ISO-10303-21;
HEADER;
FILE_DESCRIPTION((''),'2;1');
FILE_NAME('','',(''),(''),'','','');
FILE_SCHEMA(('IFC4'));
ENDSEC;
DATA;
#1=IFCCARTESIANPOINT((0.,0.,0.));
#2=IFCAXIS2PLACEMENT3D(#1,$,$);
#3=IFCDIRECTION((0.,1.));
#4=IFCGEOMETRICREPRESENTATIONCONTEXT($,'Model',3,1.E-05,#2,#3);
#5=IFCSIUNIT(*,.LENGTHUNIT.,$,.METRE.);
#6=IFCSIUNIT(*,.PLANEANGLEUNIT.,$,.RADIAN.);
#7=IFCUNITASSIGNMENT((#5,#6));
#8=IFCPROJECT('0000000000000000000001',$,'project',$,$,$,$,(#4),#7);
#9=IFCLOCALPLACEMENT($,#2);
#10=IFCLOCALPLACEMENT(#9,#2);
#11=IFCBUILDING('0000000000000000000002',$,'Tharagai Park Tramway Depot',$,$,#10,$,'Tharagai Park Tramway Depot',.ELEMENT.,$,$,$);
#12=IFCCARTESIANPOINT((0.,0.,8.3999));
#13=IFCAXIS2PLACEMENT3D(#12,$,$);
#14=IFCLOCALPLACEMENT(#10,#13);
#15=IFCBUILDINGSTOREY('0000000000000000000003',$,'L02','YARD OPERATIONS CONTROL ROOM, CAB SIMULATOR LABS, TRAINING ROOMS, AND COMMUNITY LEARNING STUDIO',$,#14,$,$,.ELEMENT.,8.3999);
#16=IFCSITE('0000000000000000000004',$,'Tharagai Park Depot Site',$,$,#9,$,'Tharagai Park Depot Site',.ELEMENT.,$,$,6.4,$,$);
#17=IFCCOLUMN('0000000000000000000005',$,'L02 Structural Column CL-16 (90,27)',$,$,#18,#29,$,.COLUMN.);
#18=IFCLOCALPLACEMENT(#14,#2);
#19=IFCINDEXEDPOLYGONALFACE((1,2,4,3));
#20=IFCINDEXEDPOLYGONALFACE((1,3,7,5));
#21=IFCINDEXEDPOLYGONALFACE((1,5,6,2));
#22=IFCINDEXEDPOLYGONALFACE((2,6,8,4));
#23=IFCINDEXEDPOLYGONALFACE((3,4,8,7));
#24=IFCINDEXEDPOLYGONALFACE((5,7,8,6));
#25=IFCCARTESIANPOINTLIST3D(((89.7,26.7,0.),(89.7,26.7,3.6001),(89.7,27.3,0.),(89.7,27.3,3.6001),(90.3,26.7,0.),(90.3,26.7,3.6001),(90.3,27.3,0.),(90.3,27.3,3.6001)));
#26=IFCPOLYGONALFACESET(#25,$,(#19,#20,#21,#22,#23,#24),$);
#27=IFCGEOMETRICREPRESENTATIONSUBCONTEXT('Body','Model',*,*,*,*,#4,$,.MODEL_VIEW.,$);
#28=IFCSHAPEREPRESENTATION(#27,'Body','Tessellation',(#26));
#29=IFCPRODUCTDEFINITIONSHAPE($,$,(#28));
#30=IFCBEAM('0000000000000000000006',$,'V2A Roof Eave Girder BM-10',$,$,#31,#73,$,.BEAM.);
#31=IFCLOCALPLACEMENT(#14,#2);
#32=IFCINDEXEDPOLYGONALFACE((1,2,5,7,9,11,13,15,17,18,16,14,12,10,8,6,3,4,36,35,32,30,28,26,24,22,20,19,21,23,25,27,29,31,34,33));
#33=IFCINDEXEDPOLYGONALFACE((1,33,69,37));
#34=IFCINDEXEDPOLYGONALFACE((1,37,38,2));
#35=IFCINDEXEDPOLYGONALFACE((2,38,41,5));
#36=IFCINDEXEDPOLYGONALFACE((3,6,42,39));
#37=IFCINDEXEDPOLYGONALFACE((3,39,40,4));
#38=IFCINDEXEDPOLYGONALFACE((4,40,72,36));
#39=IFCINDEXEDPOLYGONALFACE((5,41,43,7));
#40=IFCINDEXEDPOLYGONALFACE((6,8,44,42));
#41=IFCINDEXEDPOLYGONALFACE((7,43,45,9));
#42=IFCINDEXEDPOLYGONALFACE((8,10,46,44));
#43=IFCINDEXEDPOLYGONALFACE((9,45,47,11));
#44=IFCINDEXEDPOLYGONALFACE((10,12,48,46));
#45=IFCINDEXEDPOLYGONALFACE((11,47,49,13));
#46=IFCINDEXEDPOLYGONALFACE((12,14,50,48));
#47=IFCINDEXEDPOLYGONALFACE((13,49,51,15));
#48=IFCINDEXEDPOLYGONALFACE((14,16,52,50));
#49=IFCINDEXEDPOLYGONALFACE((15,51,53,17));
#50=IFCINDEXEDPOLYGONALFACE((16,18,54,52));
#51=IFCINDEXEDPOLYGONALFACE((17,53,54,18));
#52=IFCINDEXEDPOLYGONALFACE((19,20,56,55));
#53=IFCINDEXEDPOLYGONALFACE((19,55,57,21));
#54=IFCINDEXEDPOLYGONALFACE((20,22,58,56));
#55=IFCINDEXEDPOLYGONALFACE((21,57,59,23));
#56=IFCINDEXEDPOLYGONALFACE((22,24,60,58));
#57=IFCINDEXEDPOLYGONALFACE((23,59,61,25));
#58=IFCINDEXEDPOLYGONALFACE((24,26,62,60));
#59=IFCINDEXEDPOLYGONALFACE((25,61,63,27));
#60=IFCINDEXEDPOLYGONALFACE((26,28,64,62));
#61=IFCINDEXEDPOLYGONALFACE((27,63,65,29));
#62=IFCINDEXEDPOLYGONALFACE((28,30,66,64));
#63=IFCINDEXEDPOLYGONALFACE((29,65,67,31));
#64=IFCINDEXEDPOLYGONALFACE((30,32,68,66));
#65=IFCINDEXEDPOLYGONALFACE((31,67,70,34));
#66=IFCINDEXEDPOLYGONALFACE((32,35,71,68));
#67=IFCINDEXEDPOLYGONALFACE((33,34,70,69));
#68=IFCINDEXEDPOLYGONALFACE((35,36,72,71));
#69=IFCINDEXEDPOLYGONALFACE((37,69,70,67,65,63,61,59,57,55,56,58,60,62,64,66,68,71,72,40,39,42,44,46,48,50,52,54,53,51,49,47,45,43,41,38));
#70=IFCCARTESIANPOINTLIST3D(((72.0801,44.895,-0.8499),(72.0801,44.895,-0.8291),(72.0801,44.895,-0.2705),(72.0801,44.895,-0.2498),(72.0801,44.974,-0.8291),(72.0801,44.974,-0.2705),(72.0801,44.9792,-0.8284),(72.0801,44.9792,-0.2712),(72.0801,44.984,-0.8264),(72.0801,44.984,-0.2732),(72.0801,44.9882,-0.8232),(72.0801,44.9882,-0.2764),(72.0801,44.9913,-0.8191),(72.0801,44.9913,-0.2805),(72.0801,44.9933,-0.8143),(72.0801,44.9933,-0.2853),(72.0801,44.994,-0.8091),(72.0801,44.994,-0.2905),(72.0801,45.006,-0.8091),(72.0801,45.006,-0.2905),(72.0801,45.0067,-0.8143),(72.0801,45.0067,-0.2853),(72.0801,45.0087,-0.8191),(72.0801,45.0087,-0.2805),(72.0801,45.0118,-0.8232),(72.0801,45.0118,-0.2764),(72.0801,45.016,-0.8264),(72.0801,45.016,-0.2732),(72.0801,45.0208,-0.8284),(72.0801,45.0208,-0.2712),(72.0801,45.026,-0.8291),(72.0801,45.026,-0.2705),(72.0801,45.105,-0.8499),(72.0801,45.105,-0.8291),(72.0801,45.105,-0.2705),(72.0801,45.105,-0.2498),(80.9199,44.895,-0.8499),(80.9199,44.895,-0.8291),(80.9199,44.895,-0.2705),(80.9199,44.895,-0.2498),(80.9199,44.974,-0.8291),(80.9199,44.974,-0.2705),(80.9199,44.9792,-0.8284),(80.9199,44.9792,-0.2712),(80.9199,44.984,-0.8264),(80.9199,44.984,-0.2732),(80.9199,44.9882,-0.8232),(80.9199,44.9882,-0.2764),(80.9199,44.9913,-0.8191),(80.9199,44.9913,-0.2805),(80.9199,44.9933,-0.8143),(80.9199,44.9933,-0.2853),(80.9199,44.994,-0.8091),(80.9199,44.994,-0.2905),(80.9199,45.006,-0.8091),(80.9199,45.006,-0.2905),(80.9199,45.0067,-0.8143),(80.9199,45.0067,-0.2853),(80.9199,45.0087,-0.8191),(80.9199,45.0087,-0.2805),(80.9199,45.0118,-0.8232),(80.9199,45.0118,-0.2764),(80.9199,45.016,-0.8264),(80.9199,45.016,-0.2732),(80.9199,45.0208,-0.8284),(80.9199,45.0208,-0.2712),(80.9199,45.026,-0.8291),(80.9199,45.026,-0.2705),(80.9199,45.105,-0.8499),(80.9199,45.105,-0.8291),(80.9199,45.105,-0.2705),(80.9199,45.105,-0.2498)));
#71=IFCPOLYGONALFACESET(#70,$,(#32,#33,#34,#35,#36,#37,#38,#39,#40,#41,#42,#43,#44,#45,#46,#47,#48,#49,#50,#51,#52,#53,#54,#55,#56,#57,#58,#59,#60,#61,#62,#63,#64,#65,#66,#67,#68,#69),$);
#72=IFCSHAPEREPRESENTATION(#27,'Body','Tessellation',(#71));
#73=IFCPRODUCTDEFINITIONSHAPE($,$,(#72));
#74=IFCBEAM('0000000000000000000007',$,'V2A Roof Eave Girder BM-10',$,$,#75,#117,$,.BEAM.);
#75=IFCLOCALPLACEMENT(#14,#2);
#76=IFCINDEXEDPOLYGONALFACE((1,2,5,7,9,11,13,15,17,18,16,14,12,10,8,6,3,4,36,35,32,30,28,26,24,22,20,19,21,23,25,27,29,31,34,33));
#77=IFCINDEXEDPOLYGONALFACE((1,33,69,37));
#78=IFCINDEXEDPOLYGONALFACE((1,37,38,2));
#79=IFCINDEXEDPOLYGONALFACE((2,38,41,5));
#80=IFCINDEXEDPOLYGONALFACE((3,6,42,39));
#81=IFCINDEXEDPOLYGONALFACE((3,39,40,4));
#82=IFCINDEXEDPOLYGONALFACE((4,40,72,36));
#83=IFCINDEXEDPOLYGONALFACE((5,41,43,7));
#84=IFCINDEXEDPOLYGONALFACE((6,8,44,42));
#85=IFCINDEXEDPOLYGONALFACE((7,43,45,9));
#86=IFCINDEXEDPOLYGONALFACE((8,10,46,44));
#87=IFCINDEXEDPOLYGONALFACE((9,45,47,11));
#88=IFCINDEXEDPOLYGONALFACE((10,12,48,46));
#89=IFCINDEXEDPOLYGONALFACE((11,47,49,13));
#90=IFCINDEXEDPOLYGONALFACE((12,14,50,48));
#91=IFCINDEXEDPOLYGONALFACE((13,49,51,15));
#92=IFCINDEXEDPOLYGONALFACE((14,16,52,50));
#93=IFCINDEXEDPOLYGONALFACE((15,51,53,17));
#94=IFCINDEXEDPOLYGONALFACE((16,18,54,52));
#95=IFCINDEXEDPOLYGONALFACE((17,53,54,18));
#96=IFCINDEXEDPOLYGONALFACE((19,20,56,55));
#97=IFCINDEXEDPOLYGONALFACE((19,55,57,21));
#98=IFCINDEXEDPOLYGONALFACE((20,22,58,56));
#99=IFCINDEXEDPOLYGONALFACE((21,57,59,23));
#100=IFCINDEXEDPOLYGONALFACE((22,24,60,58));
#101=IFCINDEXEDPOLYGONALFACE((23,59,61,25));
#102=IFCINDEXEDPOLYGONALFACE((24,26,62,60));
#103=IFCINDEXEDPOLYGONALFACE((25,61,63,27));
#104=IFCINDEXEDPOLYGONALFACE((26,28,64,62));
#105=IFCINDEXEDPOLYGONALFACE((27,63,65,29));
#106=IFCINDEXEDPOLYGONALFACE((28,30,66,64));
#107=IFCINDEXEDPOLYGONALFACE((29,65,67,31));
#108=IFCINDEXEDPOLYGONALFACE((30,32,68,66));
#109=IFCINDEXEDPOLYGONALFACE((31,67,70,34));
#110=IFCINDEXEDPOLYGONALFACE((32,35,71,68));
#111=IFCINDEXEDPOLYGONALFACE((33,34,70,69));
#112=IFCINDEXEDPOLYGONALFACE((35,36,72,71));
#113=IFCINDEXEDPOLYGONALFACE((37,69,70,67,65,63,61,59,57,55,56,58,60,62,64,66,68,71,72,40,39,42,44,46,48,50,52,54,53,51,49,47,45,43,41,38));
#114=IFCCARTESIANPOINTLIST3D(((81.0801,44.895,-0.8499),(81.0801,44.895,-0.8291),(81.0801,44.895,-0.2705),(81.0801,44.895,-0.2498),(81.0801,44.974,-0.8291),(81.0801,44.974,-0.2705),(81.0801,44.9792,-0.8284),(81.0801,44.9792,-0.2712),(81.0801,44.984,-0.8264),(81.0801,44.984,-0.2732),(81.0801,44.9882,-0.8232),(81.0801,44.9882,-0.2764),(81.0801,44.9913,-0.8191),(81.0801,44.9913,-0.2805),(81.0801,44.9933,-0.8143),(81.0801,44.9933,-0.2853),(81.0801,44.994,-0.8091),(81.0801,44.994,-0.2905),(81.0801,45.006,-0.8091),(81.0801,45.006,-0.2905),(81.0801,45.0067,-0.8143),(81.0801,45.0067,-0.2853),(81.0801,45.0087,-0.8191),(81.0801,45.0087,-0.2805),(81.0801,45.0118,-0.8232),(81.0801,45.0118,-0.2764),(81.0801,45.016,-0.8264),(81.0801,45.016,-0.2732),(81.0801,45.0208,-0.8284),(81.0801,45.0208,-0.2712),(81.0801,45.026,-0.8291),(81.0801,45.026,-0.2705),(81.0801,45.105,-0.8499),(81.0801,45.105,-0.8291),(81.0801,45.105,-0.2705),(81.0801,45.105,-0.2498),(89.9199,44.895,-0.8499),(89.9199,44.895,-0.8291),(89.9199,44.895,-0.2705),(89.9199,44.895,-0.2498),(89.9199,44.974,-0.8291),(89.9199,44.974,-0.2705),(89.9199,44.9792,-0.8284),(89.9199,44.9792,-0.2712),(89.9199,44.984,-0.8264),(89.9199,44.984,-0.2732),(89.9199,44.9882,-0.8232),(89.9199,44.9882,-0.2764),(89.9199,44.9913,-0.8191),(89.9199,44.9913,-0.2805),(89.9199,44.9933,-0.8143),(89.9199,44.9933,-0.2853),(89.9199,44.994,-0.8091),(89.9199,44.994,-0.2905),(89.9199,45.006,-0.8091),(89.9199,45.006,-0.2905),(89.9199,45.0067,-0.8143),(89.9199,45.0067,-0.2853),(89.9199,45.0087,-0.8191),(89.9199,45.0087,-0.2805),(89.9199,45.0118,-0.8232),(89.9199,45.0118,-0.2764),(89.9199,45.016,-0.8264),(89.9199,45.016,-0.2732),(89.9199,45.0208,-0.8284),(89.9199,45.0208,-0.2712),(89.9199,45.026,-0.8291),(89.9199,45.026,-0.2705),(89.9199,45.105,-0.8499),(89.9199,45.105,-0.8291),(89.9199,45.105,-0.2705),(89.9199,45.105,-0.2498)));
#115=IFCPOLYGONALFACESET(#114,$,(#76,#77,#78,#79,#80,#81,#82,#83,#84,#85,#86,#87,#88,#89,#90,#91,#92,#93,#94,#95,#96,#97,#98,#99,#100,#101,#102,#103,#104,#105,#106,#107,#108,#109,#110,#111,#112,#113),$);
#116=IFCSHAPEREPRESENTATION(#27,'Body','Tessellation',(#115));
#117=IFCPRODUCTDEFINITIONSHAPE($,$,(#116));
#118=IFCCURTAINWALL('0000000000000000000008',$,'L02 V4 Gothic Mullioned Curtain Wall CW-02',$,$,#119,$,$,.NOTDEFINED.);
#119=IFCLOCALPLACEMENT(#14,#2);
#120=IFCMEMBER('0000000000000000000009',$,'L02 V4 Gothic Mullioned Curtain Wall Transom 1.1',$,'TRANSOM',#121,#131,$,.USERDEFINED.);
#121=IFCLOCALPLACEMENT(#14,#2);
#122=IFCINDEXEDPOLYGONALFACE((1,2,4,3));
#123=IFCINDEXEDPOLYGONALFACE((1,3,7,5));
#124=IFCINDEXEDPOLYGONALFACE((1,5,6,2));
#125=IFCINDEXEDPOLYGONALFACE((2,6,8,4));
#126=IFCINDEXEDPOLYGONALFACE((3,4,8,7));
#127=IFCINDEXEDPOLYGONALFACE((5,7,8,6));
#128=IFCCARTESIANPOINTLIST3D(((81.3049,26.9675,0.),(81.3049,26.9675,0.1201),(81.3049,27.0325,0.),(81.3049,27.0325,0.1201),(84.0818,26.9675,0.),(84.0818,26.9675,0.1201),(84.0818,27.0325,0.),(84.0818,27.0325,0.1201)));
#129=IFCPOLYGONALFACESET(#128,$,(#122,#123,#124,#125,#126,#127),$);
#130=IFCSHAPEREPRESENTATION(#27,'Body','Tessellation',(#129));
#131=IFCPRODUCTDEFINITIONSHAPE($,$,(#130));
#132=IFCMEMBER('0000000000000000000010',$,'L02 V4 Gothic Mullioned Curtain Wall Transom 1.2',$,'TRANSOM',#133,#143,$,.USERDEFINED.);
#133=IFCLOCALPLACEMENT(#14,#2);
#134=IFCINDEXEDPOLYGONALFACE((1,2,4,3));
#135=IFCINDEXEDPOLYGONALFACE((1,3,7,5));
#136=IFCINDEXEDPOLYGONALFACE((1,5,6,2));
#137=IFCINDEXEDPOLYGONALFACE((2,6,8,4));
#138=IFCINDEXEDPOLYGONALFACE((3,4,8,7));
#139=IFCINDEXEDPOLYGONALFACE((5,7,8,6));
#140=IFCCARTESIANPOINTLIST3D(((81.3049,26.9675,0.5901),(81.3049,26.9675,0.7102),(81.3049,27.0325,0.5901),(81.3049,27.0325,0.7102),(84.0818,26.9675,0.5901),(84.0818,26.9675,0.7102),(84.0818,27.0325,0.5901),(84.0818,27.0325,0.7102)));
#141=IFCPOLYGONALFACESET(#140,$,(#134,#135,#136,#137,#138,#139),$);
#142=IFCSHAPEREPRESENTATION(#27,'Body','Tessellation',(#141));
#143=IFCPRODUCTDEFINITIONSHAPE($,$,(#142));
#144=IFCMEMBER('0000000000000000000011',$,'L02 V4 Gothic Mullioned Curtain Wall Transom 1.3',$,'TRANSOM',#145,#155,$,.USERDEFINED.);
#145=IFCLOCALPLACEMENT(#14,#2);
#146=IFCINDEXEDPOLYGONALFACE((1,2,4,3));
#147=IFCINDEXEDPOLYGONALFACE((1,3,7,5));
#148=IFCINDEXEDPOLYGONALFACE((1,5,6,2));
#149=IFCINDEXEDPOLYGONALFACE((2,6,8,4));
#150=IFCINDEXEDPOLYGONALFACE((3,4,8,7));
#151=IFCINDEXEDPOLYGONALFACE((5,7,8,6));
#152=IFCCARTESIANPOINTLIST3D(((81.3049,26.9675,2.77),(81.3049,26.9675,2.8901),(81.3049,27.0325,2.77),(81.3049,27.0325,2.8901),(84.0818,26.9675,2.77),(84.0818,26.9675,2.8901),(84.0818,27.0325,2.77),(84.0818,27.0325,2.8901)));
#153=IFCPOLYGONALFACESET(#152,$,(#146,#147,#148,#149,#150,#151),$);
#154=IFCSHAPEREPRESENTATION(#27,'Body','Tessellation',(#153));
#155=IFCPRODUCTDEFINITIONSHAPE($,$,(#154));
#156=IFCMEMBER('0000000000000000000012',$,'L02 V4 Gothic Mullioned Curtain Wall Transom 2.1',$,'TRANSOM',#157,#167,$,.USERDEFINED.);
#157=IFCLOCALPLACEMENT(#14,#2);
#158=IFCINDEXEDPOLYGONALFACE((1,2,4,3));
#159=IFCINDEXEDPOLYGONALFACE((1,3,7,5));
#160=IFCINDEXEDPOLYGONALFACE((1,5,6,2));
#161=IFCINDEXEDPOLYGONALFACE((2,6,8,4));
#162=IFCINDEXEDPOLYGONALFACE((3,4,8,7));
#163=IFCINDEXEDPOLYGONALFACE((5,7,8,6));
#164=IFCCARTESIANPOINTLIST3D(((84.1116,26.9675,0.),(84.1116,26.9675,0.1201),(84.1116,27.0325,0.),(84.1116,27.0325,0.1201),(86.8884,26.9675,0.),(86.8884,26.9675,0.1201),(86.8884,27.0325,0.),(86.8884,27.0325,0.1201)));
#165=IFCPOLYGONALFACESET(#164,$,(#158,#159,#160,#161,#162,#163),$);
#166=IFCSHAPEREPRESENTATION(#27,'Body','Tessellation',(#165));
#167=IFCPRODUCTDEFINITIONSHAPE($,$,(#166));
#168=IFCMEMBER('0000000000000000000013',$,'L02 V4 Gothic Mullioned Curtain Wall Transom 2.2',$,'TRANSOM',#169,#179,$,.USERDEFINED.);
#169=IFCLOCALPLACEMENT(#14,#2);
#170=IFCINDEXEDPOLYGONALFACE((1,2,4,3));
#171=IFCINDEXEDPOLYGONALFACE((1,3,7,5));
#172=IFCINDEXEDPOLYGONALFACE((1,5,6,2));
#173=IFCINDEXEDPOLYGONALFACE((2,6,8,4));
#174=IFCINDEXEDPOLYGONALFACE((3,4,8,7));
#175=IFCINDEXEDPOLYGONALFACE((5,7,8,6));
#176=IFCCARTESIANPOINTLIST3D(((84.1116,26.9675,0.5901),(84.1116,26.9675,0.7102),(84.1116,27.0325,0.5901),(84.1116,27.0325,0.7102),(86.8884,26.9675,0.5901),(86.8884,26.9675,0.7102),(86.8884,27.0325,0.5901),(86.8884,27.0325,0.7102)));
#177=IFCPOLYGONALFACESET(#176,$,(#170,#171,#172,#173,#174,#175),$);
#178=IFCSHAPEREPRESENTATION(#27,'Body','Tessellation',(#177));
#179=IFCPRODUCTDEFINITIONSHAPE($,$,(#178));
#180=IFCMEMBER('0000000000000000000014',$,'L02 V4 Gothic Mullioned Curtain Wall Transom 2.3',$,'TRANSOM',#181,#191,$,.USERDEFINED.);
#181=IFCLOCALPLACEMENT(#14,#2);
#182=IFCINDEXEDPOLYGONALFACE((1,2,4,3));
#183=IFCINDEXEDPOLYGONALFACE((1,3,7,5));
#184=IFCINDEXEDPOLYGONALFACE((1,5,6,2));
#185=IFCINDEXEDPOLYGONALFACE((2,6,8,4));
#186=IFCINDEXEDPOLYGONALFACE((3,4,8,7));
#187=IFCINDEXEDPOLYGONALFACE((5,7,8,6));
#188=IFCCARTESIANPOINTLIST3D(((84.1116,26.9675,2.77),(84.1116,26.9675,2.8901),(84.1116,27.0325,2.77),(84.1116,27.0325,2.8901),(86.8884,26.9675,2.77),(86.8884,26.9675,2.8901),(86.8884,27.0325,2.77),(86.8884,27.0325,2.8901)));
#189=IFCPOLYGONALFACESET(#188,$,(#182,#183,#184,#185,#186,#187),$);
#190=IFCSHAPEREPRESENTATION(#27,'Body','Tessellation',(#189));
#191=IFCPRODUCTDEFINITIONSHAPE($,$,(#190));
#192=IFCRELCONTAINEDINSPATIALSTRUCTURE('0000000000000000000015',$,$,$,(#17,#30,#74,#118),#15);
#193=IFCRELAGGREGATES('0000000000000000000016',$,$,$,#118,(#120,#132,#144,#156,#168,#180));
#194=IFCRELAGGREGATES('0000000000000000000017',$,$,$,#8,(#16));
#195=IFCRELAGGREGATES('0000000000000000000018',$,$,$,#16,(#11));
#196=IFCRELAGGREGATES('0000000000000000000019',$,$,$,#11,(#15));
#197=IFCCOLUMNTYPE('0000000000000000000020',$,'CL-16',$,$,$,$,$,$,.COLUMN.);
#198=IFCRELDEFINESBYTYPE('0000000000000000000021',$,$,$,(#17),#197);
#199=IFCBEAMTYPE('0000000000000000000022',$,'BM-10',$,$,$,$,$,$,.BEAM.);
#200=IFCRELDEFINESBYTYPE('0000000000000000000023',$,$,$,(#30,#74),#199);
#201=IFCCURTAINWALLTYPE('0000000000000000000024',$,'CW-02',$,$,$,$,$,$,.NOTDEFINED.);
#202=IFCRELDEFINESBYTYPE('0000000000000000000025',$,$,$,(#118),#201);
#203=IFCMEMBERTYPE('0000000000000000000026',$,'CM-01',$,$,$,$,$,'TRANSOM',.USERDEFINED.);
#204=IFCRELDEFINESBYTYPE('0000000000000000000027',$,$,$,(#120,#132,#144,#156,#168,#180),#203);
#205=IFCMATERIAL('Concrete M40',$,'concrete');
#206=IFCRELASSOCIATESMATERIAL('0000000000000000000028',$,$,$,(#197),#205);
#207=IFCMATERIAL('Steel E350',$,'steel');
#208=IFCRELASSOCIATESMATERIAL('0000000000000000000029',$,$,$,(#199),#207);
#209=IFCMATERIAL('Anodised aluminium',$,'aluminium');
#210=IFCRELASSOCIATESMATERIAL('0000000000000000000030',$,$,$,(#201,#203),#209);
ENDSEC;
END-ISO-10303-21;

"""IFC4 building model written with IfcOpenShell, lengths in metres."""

from ifc_helpers import new_model, si_unit, direction, frame, origin, origin_2d, place, context, subcontext, project, spatial, rectangle, i_section, extrude, material, material_profile, profile_set, type_object, element, aggregate, save


model = new_model("IFC4")

# Units and contexts
model_context = context("Model", 3, precision=1e-05, world=origin(), true_north=direction((0.0, 1.0)))
body_context = subcontext(model_context, "Body", "Model", "MODEL_VIEW")
ifc_project = project(units=[si_unit("LENGTHUNIT", "METRE"), si_unit("PLANEANGLEUNIT", "RADIAN")], contexts=[model_context])

# Site, building, storey
site_placement = place(None, origin())
site = spatial("IfcSite", under=ifc_project, at=site_placement, Name="Tharagai Park Depot Site", LongName="Tharagai Park Depot Site", CompositionType="ELEMENT", RefElevation=6.4)
building_placement = place(site_placement, origin())
building = spatial("IfcBuilding", under=site, at=building_placement, Name="Tharagai Park Tramway Depot", LongName="Tharagai Park Tramway Depot", CompositionType="ELEMENT")
storey_placement = place(building_placement, frame((0.0, 0.0, 8.3999)))
storey = spatial("IfcBuildingStorey", under=building, at=storey_placement, Name="L02", Description="YARD OPERATIONS CONTROL ROOM, CAB SIMULATOR LABS, TRAINING ROOMS, AND COMMUNITY LEARNING STUDIO", CompositionType="ELEMENT", Elevation=8.3999)

# Column
ifc_material_1 = material(Name="Concrete M40", Category="concrete")
ifc_material_profile_1 = material_profile(ifc_material_1, rectangle(XDim=0.6001, YDim=0.6001, at=origin_2d()), Name="RC 600x600")
ifc_profile_set_1 = profile_set([ifc_material_profile_1], Name="Concrete M40")
column_type = type_object("IfcColumnType", Name="CL-16", PredefinedType="COLUMN", material=ifc_profile_set_1)
column_placement = place(storey_placement, frame((90.0, 27.0, 0.0), z_axis=(0.0, 0.0, 1.0), x_axis=(1.0, 0.0, 0.0)))
element("IfcColumn", 1, at=column_placement, inside=storey, type_object=column_type, Name="L02 Structural Column CL-16 (90,27)", PredefinedType="COLUMN", context=body_context, shape_type="SweptSolid", body=[
    extrude(rectangle(XDim=0.6001, YDim=0.6001, at=origin_2d()), origin(), (0.0, 0.0, 1.0), 3.6001),
])

# Beams
ifc_material_2 = material(Name="Steel E350", Category="steel")
ifc_material_profile_2 = material_profile(ifc_material_2, i_section(OverallWidth=0.21, OverallDepth=0.6001, WebThickness=0.012, FlangeThickness=0.0208, FilletRadius=0.02, at=origin_2d()), Name="ISMB 600")
ifc_profile_set_2 = profile_set([ifc_material_profile_2], Name="Steel E350")
beam_type_1 = type_object("IfcBeamType", Name="BM-10", PredefinedType="BEAM", material=ifc_profile_set_2)
for number, where, z_axis, x_axis, name in (
    (2, (72.0801, 45.0, -0.5498), (1.0, 0.0, 0.0), (0.0, 1.0, 0.0), "V2A Roof Eave Girder BM-10"),
    (3, (81.0801, 45.0, -0.5498), (1.0, 0.0, 0.0), (0.0, 1.0, 0.0), "V2A Roof Eave Girder BM-10"),
):
    element("IfcBeam", number, at=place(storey_placement, frame(where, z_axis=z_axis, x_axis=x_axis)), inside=storey, type_object=beam_type_1, Name=name, PredefinedType="BEAM", context=body_context, shape_type="SweptSolid", body=[
        extrude(i_section(OverallWidth=0.21, OverallDepth=0.6001, WebThickness=0.012, FlangeThickness=0.0208, FilletRadius=0.02, at=origin_2d()), origin(), (0.0, 0.0, 1.0), 8.8398),
    ])

# Curtain wall, members
ifc_material_3 = material(Name="Anodised aluminium", Category="aluminium")
curtain_wall_type = type_object("IfcCurtainWallType", Name="CW-02", PredefinedType="NOTDEFINED", material=ifc_material_3)
curtain_wall_placement = place(storey_placement, origin())
curtain_wall = element("IfcCurtainWall", 4, at=curtain_wall_placement, inside=storey, type_object=curtain_wall_type, Name="L02 V4 Gothic Mullioned Curtain Wall CW-02", PredefinedType="NOTDEFINED")
ifc_material_profile_3 = material_profile(ifc_material_3, rectangle(XDim=0.0649, YDim=0.1201, at=origin_2d()), Name="ALU 65x120")
ifc_profile_set_3 = profile_set([ifc_material_profile_3], Name="Anodised aluminium")
member_type_1 = type_object("IfcMemberType", Name="CM-01", ElementType="TRANSOM", PredefinedType="USERDEFINED", material=ifc_profile_set_3)
member_1_placement = place(storey_placement, frame((81.3049, 27.0, 0.0601), z_axis=(1.0, 0.0, 0.0), x_axis=(0.0, 1.0, 0.0)))
member_1 = element("IfcMember", 5, at=member_1_placement, type_object=member_type_1, Name="L02 V4 Gothic Mullioned Curtain Wall Transom 1.1", ObjectType="TRANSOM", PredefinedType="USERDEFINED", context=body_context, shape_type="SweptSolid", body=[
    extrude(rectangle(XDim=0.0649, YDim=0.1201, at=origin_2d()), origin(), (0.0, 0.0, 1.0), 2.7769),
])
member_2_placement = place(storey_placement, frame((81.3049, 27.0, 0.6501), z_axis=(1.0, 0.0, 0.0), x_axis=(0.0, 1.0, 0.0)))
member_2 = element("IfcMember", 6, at=member_2_placement, type_object=member_type_1, Name="L02 V4 Gothic Mullioned Curtain Wall Transom 1.2", ObjectType="TRANSOM", PredefinedType="USERDEFINED", context=body_context, shape_type="SweptSolid", body=[
    extrude(rectangle(XDim=0.0649, YDim=0.1201, at=origin_2d()), origin(), (0.0, 0.0, 1.0), 2.7769),
])
member_3_placement = place(storey_placement, frame((81.3049, 27.0, 2.8301), z_axis=(1.0, 0.0, 0.0), x_axis=(0.0, 1.0, 0.0)))
member_3 = element("IfcMember", 7, at=member_3_placement, type_object=member_type_1, Name="L02 V4 Gothic Mullioned Curtain Wall Transom 1.3", ObjectType="TRANSOM", PredefinedType="USERDEFINED", context=body_context, shape_type="SweptSolid", body=[
    extrude(rectangle(XDim=0.0649, YDim=0.1201, at=origin_2d()), origin(), (0.0, 0.0, 1.0), 2.7769),
])
member_4_placement = place(storey_placement, frame((84.1116, 27.0, 0.0601), z_axis=(1.0, 0.0, 0.0), x_axis=(0.0, 1.0, 0.0)))
member_4 = element("IfcMember", 8, at=member_4_placement, type_object=member_type_1, Name="L02 V4 Gothic Mullioned Curtain Wall Transom 2.1", ObjectType="TRANSOM", PredefinedType="USERDEFINED", context=body_context, shape_type="SweptSolid", body=[
    extrude(rectangle(XDim=0.0649, YDim=0.1201, at=origin_2d()), origin(), (0.0, 0.0, 1.0), 2.7769),
])
member_5_placement = place(storey_placement, frame((84.1116, 27.0, 0.6501), z_axis=(1.0, 0.0, 0.0), x_axis=(0.0, 1.0, 0.0)))
member_5 = element("IfcMember", 9, at=member_5_placement, type_object=member_type_1, Name="L02 V4 Gothic Mullioned Curtain Wall Transom 2.2", ObjectType="TRANSOM", PredefinedType="USERDEFINED", context=body_context, shape_type="SweptSolid", body=[
    extrude(rectangle(XDim=0.0649, YDim=0.1201, at=origin_2d()), origin(), (0.0, 0.0, 1.0), 2.7769),
])
member_6_placement = place(storey_placement, frame((84.1116, 27.0, 2.8301), z_axis=(1.0, 0.0, 0.0), x_axis=(0.0, 1.0, 0.0)))
member_6 = element("IfcMember", 10, at=member_6_placement, type_object=member_type_1, Name="L02 V4 Gothic Mullioned Curtain Wall Transom 2.3", ObjectType="TRANSOM", PredefinedType="USERDEFINED", context=body_context, shape_type="SweptSolid", body=[
    extrude(rectangle(XDim=0.0649, YDim=0.1201, at=origin_2d()), origin(), (0.0, 0.0, 1.0), 2.7769),
])

aggregate(curtain_wall, [member_1, member_2, member_3, member_4, member_5, member_6])

save(model, "model.ifc")
